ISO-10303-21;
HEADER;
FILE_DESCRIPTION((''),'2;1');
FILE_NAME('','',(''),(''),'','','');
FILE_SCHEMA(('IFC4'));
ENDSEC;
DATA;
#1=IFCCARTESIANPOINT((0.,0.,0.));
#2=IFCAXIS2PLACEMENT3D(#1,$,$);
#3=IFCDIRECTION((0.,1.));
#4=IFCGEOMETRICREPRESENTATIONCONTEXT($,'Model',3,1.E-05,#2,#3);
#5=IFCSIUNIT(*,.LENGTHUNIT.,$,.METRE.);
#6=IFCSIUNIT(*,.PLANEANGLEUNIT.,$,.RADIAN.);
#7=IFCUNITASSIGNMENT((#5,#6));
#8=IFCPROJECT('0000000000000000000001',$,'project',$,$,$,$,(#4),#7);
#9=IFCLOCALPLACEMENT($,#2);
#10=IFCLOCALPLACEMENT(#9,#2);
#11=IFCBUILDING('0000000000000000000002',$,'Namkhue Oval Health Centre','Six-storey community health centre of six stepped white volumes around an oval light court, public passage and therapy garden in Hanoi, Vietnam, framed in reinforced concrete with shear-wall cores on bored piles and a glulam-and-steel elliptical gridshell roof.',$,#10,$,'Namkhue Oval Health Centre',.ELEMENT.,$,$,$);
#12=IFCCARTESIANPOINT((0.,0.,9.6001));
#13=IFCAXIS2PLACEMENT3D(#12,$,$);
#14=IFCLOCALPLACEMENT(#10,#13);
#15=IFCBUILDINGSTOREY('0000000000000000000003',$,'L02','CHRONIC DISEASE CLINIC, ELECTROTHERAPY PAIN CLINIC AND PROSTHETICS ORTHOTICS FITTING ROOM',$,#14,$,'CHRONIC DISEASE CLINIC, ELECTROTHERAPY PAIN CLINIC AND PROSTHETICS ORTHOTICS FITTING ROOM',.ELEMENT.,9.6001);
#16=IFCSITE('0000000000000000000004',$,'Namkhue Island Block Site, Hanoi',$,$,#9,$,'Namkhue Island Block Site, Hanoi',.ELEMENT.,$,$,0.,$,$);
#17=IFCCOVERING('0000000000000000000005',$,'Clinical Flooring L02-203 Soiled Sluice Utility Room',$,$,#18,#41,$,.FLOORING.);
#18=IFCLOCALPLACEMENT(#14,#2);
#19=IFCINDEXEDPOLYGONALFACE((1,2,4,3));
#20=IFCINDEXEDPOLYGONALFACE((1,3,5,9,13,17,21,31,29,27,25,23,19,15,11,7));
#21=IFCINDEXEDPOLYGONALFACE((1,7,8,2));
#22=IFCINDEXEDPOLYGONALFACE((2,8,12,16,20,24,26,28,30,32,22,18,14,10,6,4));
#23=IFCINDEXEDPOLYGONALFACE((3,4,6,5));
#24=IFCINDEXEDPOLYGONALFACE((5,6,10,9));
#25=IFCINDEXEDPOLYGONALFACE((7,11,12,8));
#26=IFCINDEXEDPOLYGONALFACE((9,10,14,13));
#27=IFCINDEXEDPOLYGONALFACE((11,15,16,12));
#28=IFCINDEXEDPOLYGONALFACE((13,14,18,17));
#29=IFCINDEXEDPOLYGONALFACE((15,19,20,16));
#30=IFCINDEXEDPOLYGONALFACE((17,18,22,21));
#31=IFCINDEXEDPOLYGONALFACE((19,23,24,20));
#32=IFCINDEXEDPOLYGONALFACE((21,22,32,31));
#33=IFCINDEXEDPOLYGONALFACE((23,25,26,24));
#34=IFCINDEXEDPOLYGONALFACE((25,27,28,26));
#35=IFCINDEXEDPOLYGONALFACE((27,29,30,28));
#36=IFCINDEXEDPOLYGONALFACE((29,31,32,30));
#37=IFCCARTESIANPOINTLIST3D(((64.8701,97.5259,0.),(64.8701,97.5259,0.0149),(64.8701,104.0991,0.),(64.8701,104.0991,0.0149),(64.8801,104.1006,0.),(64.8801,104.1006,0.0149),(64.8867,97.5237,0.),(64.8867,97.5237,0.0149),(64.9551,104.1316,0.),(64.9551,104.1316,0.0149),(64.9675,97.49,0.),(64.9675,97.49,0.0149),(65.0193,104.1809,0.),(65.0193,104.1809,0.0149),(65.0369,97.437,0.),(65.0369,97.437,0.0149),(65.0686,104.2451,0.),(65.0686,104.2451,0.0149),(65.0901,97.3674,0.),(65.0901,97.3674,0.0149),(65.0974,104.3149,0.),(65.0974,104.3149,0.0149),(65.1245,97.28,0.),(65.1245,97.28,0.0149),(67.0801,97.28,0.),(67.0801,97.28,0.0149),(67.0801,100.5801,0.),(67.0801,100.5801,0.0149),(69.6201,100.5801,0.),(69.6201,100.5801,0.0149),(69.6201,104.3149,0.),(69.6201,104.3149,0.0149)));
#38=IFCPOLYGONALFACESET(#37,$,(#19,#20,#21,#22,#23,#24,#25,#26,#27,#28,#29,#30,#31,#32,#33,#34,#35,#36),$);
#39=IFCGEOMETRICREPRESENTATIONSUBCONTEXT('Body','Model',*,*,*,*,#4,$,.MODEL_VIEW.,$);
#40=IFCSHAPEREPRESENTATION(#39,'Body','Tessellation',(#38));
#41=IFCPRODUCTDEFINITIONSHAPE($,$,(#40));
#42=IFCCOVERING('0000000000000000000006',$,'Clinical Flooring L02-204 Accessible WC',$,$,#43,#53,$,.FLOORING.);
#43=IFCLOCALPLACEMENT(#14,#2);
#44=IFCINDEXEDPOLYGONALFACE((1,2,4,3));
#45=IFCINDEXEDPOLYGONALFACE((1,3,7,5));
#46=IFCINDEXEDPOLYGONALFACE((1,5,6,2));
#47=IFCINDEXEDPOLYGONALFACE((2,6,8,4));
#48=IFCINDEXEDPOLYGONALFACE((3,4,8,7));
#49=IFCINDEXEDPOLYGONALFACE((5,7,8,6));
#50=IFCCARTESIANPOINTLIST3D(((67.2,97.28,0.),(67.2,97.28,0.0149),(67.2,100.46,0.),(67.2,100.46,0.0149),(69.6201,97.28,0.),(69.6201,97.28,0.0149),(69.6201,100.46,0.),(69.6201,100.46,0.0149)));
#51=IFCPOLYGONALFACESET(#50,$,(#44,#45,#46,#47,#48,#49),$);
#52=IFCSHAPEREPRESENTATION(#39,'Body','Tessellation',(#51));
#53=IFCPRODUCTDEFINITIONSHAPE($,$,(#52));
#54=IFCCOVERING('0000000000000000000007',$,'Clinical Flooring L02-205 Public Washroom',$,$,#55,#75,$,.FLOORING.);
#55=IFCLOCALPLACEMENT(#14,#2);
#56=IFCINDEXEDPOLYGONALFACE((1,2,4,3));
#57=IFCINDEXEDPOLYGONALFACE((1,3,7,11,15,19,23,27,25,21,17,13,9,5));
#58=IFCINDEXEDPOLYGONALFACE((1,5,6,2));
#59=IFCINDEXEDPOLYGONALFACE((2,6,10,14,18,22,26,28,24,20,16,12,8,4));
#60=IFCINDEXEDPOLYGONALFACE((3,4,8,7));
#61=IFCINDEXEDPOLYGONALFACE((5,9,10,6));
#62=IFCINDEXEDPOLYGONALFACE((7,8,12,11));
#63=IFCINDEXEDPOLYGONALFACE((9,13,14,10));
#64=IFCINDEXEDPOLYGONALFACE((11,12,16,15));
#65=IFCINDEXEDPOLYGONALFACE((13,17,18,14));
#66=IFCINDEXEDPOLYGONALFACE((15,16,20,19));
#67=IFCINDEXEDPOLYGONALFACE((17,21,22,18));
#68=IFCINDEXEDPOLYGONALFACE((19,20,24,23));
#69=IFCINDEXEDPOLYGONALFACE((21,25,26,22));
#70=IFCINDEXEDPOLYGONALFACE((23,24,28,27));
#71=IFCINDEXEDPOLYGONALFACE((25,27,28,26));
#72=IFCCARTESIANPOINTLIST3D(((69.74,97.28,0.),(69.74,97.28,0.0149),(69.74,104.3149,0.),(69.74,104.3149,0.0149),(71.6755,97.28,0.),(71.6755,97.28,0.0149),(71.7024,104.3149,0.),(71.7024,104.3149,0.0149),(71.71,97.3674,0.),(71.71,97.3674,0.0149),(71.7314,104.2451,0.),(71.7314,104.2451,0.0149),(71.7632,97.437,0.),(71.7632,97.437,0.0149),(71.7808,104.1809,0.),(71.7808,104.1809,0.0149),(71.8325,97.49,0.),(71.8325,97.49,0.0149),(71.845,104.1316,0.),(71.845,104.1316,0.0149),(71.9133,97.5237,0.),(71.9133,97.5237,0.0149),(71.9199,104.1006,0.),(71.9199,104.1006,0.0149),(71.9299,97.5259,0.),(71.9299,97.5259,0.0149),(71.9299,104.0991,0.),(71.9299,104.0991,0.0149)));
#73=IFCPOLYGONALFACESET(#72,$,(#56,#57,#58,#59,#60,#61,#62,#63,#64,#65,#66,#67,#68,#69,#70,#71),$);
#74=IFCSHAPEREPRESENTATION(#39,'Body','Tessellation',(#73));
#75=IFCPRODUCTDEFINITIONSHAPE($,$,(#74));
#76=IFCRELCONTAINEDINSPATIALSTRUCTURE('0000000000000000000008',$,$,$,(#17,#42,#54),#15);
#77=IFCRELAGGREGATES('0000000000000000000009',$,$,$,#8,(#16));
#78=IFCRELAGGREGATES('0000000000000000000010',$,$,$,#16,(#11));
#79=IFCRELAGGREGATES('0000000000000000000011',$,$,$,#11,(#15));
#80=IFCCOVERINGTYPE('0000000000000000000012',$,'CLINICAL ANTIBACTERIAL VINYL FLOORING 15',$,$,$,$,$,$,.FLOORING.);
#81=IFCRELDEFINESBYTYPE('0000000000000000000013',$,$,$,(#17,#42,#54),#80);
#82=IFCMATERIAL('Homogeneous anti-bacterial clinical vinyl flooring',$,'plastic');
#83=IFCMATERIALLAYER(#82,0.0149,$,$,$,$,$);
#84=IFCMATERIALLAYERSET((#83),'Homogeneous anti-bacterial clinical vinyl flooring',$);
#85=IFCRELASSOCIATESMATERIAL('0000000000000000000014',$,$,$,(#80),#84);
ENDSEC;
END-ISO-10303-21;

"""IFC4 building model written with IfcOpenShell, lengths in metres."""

from ifc_helpers import new_model, si_unit, direction, frame, origin, place, context, subcontext, project, spatial, polyline, outline, extrude, material, layer, layer_set, type_object, element, save


model = new_model("IFC4")

# Units and contexts
model_context = context("Model", 3, precision=1e-05, world=origin(), true_north=direction((0.0, 1.0)))
body_context = subcontext(model_context, "Body", "Model", "MODEL_VIEW")
ifc_project = project(units=[si_unit("LENGTHUNIT", "METRE"), si_unit("PLANEANGLEUNIT", "RADIAN")], contexts=[model_context])

# Site, building, storey
site_placement = place(None, origin())
site = spatial("IfcSite", under=ifc_project, at=site_placement, Name="Namkhue Island Block Site, Hanoi", LongName="Namkhue Island Block Site, Hanoi", CompositionType="ELEMENT", RefElevation=0.0)
building_placement = place(site_placement, origin())
building = spatial("IfcBuilding", under=site, at=building_placement, Name="Namkhue Oval Health Centre", Description="Six-storey community health centre of six stepped white volumes around an oval light court, public passage and therapy garden in Hanoi, Vietnam, framed in reinforced concrete with shear-wall cores on bored piles and a glulam-and-steel elliptical gridshell roof.", LongName="Namkhue Oval Health Centre", CompositionType="ELEMENT")
storey_placement = place(building_placement, frame((0.0, 0.0, 9.6001)))
storey = spatial("IfcBuildingStorey", under=building, at=storey_placement, Name="L02", Description="CHRONIC DISEASE CLINIC, ELECTROTHERAPY PAIN CLINIC AND PROSTHETICS ORTHOTICS FITTING ROOM", LongName="CHRONIC DISEASE CLINIC, ELECTROTHERAPY PAIN CLINIC AND PROSTHETICS ORTHOTICS FITTING ROOM", CompositionType="ELEMENT", Elevation=9.6001)

# Coverings
ifc_material_1 = material(Name="Homogeneous anti-bacterial clinical vinyl flooring", Category="plastic")
ifc_layer_1 = layer(ifc_material_1, 0.0149)
ifc_layer_set_1 = layer_set([ifc_layer_1], Name="Homogeneous anti-bacterial clinical vinyl flooring")
covering_type = type_object("IfcCoveringType", Name="CLINICAL ANTIBACTERIAL VINYL FLOORING 15", PredefinedType="FLOORING", material=ifc_layer_set_1)
covering_1_placement = place(storey_placement, origin())
element("IfcCovering", 1, at=covering_1_placement, inside=storey, type_object=covering_type, Name="Clinical Flooring L02-203 Soiled Sluice Utility Room", PredefinedType="FLOORING", context=body_context, shape_type="SweptSolid", body=[
    extrude(outline(polyline([(69.6201, 104.3149), (69.6201, 100.5801), (67.0801, 100.5801), (67.0801, 97.28), (65.1245, 97.28), (65.0901, 97.3674), (65.0369, 97.437), (64.9675, 97.49), (64.8867, 97.5237), (64.8701, 97.5259), (64.8701, 104.0991), (64.8801, 104.1006), (64.9551, 104.1316), (65.0193, 104.1809), (65.0686, 104.2451), (65.0974, 104.3149), (69.6201, 104.3149)])), origin(), (0.0, 0.0, 1.0), 0.0149),
])
covering_2_placement = place(storey_placement, origin())
element("IfcCovering", 2, at=covering_2_placement, inside=storey, type_object=covering_type, Name="Clinical Flooring L02-204 Accessible WC", PredefinedType="FLOORING", context=body_context, shape_type="SweptSolid", body=[
    extrude(outline(polyline([(69.6201, 100.46), (69.6201, 97.28), (67.2, 97.28), (67.2, 100.46), (69.6201, 100.46)])), origin(), (0.0, 0.0, 1.0), 0.0149),
])
covering_3_placement = place(storey_placement, origin())
element("IfcCovering", 3, at=covering_3_placement, inside=storey, type_object=covering_type, Name="Clinical Flooring L02-205 Public Washroom", PredefinedType="FLOORING", context=body_context, shape_type="SweptSolid", body=[
    extrude(outline(polyline([(69.74, 97.28), (69.74, 104.3149), (71.7024, 104.3149), (71.7314, 104.2451), (71.7808, 104.1809), (71.845, 104.1316), (71.9199, 104.1006), (71.9299, 104.0991), (71.9299, 97.5259), (71.9133, 97.5237), (71.8325, 97.49), (71.7632, 97.437), (71.71, 97.3674), (71.6755, 97.28), (69.74, 97.28)])), origin(), (0.0, 0.0, 1.0), 0.0149),
])

save(model, "model.ifc")
